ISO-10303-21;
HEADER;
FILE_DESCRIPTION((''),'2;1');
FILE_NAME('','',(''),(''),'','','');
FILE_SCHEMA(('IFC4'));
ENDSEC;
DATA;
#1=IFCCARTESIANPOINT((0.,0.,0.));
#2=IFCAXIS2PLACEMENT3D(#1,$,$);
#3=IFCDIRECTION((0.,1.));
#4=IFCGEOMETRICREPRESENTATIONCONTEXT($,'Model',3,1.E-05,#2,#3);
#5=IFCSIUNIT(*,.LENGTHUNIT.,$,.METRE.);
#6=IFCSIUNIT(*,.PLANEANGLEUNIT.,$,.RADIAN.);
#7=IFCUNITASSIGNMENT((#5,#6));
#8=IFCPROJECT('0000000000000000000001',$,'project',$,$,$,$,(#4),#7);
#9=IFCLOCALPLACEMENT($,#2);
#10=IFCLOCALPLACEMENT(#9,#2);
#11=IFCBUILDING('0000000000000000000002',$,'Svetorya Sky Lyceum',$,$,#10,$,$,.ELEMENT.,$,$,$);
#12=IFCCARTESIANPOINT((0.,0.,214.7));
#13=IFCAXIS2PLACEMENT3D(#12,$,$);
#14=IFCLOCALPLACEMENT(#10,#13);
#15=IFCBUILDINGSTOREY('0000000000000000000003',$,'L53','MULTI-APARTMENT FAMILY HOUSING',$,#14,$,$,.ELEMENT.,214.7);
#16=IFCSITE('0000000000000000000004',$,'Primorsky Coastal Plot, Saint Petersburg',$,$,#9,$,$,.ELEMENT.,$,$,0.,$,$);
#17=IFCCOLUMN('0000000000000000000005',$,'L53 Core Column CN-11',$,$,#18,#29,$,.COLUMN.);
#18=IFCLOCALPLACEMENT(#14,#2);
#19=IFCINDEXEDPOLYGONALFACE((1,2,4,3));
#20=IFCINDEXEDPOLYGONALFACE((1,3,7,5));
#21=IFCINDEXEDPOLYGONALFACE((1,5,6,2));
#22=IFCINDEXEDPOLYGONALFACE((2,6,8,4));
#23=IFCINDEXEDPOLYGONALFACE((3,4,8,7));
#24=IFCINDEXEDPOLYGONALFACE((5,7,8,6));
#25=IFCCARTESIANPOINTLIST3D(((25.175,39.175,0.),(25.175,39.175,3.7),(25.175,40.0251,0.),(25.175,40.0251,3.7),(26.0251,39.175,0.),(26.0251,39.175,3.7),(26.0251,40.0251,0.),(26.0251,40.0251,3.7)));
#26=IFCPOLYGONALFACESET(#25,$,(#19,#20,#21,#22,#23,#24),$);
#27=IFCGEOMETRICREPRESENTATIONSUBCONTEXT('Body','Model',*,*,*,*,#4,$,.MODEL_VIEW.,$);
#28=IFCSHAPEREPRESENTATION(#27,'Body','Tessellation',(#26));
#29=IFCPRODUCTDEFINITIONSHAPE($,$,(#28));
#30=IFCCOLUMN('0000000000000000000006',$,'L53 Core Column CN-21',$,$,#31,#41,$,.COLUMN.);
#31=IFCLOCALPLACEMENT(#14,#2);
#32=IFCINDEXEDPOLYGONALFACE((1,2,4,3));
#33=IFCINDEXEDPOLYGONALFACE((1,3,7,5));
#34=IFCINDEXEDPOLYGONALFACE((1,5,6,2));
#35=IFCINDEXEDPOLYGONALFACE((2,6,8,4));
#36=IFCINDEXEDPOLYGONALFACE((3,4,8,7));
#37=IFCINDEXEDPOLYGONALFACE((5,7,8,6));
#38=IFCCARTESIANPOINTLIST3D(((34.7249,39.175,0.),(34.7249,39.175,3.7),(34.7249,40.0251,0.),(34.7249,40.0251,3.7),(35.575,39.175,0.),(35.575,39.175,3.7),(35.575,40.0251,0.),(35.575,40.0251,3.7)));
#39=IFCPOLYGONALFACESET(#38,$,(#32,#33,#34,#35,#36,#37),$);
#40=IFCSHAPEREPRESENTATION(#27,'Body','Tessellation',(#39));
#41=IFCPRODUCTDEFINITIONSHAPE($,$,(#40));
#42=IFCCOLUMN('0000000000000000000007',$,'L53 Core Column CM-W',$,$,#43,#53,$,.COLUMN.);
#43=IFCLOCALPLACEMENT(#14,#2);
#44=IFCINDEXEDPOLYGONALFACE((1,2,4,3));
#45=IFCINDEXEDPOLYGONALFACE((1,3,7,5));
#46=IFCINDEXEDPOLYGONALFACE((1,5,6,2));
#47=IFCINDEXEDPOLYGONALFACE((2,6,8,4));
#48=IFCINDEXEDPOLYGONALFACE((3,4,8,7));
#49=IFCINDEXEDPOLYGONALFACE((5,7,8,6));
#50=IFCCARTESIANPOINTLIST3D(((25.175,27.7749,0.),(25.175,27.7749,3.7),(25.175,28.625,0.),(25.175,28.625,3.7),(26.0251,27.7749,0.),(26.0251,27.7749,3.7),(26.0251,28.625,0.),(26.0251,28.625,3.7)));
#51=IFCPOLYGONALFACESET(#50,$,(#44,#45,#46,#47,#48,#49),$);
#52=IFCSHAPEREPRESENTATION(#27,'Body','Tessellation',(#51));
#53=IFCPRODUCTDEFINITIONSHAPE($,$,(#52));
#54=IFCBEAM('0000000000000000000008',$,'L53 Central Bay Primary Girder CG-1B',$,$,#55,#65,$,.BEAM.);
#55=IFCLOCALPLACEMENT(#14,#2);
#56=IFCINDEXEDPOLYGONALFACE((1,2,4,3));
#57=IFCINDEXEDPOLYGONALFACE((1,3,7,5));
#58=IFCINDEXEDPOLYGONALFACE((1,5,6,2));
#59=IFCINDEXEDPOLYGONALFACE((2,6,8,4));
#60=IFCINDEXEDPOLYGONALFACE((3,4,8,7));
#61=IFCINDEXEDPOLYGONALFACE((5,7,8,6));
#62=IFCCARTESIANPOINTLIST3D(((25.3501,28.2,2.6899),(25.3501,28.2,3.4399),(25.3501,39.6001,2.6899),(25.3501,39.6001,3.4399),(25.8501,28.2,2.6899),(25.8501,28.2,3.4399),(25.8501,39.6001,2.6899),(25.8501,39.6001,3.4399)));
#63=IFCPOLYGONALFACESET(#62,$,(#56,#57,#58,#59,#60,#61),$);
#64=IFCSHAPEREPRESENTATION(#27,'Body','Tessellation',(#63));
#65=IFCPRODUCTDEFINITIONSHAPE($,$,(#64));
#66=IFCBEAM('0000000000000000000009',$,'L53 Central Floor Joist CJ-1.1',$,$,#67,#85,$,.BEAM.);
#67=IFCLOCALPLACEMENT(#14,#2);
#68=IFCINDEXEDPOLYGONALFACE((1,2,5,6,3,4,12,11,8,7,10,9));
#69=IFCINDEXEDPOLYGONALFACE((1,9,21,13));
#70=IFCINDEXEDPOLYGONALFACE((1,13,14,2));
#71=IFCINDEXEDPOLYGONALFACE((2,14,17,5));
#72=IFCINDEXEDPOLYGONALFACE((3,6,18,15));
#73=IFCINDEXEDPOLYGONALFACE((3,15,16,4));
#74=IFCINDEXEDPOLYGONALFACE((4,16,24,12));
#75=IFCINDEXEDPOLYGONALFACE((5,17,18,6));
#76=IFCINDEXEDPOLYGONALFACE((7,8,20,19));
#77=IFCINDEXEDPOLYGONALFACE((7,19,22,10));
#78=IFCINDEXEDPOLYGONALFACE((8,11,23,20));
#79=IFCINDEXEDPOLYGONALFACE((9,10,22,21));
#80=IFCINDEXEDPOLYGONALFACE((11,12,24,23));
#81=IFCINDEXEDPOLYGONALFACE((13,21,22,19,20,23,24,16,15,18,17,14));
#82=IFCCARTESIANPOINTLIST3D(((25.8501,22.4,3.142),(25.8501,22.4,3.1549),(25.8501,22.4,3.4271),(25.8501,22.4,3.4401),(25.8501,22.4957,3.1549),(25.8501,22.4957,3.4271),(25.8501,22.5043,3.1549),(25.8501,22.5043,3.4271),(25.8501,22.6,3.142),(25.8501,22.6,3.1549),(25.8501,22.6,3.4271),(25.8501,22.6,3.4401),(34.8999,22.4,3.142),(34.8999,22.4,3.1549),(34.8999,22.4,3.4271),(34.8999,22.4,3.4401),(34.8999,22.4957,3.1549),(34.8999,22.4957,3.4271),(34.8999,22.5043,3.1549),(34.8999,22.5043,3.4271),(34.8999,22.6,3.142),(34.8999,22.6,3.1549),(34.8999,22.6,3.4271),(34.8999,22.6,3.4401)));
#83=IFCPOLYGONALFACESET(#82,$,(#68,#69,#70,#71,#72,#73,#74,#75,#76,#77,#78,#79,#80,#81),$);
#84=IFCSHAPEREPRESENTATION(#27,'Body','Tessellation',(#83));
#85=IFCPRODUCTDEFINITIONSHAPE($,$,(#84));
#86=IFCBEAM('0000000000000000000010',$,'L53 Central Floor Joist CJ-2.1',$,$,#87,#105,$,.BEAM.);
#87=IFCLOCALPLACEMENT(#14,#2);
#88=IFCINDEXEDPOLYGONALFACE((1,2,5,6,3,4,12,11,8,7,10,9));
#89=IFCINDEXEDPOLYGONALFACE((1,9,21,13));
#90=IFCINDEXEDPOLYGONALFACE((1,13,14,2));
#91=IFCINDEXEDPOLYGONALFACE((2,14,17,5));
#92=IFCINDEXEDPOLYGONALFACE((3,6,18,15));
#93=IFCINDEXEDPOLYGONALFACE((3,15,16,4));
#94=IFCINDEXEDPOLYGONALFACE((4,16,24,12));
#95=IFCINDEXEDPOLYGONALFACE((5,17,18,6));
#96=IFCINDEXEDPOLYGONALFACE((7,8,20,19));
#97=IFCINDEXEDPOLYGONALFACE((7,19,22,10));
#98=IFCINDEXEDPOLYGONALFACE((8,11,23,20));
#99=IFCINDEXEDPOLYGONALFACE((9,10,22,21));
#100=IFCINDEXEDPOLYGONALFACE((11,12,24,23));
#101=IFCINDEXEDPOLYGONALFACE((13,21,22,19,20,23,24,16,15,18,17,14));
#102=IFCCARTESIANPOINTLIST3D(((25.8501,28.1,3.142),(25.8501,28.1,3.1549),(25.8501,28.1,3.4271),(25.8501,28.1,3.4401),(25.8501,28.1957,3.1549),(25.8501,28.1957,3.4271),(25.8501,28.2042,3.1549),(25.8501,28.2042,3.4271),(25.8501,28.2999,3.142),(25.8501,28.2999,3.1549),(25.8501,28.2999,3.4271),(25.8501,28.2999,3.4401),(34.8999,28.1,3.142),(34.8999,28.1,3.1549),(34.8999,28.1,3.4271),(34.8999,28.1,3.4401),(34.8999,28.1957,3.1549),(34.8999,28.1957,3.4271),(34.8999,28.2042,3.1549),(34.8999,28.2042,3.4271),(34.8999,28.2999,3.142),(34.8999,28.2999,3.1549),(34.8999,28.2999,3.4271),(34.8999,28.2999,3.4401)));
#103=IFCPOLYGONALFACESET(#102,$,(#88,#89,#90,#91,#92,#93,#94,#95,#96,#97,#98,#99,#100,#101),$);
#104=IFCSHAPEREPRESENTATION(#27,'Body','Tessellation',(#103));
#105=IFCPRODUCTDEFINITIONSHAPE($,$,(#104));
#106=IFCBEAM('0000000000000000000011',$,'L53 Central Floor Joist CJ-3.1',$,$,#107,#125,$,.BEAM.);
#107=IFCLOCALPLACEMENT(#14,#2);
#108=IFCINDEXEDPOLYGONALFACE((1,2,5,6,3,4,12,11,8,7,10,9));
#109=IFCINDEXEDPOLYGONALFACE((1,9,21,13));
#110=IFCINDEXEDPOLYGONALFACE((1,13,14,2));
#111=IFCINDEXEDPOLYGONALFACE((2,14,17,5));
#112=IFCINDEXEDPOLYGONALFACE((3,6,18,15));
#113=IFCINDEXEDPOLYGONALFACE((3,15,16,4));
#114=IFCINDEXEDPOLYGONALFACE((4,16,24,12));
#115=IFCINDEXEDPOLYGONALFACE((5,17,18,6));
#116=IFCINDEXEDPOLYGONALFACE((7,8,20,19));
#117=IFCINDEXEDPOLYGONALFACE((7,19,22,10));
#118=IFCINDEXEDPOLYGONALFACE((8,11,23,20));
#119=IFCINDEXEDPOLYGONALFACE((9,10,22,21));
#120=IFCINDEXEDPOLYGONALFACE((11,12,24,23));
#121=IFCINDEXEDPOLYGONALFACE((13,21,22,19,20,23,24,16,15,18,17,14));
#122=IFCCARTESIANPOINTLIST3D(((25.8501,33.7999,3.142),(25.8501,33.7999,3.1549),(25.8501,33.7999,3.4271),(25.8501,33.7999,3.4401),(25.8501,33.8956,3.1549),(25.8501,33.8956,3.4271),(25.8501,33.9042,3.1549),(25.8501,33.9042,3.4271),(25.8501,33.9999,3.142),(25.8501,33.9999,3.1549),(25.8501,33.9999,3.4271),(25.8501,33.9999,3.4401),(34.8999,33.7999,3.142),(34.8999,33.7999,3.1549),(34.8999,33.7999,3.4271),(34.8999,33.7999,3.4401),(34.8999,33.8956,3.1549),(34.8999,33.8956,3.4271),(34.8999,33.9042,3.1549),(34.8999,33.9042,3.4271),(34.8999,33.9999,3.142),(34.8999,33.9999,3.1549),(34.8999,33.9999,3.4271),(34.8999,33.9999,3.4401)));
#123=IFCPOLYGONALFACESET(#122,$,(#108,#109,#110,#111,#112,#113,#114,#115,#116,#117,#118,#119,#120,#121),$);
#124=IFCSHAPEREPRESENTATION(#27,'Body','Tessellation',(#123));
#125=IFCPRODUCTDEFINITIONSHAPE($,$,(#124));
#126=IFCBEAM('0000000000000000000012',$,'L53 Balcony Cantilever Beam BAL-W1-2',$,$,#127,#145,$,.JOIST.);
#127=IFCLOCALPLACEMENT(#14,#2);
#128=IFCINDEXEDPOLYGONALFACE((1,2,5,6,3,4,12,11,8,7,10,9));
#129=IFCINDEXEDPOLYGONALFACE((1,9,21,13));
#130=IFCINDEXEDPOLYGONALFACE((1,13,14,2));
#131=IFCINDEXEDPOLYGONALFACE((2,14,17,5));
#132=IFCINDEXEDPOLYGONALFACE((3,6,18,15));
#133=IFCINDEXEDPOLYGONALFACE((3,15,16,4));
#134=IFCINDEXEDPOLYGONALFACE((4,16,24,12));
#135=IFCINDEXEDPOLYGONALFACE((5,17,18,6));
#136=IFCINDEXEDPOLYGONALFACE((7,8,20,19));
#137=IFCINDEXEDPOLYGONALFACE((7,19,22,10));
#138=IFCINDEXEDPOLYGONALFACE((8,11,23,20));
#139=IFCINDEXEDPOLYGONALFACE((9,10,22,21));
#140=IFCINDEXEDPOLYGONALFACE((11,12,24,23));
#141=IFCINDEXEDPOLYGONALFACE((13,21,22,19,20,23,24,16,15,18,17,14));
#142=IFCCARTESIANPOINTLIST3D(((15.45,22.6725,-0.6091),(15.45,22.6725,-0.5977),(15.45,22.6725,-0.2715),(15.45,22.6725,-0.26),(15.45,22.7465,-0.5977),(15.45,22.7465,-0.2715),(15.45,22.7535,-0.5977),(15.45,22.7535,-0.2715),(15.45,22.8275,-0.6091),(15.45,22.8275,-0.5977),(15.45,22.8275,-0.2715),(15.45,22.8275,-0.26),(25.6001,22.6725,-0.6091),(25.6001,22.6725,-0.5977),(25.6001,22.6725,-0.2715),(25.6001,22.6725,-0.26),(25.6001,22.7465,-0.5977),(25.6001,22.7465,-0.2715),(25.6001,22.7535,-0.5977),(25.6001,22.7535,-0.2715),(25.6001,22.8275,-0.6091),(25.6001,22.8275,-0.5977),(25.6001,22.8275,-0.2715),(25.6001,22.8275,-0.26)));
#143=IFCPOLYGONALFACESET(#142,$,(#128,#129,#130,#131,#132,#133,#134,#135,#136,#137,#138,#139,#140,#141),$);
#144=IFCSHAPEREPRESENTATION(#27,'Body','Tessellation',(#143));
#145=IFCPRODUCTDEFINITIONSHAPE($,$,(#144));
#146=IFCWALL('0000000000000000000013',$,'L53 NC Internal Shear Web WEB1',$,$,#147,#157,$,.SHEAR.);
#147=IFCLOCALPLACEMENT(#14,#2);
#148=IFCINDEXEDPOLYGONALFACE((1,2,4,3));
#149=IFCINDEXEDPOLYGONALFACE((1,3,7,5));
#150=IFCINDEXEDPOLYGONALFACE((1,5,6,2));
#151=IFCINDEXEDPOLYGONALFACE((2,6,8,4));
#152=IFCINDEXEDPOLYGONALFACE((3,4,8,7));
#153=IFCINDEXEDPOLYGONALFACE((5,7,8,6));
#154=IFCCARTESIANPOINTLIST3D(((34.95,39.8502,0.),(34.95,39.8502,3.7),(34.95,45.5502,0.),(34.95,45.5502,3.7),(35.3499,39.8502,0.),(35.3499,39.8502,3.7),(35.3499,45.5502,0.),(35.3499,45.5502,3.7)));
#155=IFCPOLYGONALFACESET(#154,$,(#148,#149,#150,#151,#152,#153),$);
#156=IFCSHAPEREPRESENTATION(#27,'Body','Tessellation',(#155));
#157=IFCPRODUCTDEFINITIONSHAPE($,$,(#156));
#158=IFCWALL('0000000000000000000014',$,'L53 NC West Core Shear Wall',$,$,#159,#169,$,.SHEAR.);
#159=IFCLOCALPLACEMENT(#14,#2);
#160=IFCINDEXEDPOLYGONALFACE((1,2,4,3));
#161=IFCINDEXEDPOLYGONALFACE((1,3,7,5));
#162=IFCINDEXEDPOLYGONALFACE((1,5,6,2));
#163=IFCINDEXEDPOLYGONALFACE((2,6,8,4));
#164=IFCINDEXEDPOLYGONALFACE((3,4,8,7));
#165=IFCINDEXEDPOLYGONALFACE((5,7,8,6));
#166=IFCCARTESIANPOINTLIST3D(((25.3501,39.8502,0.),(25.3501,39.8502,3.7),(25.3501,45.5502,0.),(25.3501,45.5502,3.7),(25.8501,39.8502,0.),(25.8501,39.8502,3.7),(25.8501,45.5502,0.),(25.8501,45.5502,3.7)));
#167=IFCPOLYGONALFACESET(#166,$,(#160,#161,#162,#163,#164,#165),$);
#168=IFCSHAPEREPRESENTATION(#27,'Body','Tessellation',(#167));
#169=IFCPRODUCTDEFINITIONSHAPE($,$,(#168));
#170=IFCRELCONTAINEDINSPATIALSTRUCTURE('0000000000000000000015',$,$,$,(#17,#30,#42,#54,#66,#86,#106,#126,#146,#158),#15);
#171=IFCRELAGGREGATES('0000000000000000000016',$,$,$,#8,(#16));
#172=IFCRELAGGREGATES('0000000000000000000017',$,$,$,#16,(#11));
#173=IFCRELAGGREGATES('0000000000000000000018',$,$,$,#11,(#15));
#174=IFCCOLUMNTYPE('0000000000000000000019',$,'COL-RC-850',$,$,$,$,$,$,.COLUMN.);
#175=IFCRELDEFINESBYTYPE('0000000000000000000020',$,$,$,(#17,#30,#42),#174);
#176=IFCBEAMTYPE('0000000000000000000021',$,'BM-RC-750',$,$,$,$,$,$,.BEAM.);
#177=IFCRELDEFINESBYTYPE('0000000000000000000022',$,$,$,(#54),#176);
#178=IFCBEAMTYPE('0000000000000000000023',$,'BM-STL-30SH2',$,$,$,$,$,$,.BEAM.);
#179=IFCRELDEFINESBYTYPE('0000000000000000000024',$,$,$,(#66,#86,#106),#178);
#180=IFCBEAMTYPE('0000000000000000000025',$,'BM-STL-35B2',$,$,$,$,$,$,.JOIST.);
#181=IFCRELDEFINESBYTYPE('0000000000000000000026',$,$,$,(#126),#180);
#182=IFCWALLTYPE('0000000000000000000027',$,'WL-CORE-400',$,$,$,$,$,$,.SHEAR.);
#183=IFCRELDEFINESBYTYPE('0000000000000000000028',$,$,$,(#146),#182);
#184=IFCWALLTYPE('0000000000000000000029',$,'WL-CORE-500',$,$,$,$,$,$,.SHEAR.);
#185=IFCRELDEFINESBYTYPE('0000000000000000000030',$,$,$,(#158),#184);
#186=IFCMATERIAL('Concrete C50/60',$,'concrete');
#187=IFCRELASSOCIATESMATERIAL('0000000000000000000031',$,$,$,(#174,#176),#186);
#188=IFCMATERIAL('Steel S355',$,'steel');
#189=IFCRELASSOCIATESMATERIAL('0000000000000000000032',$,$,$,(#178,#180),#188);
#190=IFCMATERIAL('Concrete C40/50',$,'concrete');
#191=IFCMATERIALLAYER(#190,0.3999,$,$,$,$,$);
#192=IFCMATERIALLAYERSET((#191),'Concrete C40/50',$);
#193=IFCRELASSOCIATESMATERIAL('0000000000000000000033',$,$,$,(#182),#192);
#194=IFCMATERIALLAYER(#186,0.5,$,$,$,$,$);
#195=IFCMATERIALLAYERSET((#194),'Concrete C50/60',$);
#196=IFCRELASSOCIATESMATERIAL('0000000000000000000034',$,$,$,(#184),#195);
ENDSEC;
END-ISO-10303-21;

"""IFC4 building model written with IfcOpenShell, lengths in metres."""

from ifc_helpers import new_model, si_unit, direction, frame, frame_2d, origin, origin_2d, place, context, subcontext, project, spatial, rectangle, i_section, extrude, material, layer, layer_set, material_profile, profile_set, type_object, element, save


model = new_model("IFC4")

# Units and contexts
model_context = context("Model", 3, precision=1e-05, world=origin(), true_north=direction((0.0, 1.0)))
body_context = subcontext(model_context, "Body", "Model", "MODEL_VIEW")
ifc_project = project(units=[si_unit("LENGTHUNIT", "METRE"), si_unit("PLANEANGLEUNIT", "RADIAN")], contexts=[model_context])

# Site, building, storey
site_placement = place(None, origin())
site = spatial("IfcSite", under=ifc_project, at=site_placement, Name="Primorsky Coastal Plot, Saint Petersburg", CompositionType="ELEMENT", RefElevation=0.0)
building_placement = place(site_placement, origin())
building = spatial("IfcBuilding", under=site, at=building_placement, Name="Svetorya Sky Lyceum", CompositionType="ELEMENT")
storey_placement = place(building_placement, frame((0.0, 0.0, 214.7)))
storey = spatial("IfcBuildingStorey", under=building, at=storey_placement, Name="L53", Description="MULTI-APARTMENT FAMILY HOUSING", CompositionType="ELEMENT", Elevation=214.7)

# Columns
ifc_material_1 = material(Name="Concrete C50/60", Category="concrete")
ifc_material_profile_1 = material_profile(ifc_material_1, rectangle(XDim=0.8501, YDim=0.8501, at=origin_2d()), Name="RC COL 850x850")
ifc_profile_set_1 = profile_set([ifc_material_profile_1], Name="Concrete C50/60")
column_type = type_object("IfcColumnType", Name="COL-RC-850", PredefinedType="COLUMN", material=ifc_profile_set_1)
for number, where, z_axis, x_axis, name in (
    (1, (25.6001, 39.6001, 0.0), (0.0, 0.0, 1.0), (1.0, 0.0, 0.0), "L53 Core Column CN-11"),
    (2, (35.1499, 39.6001, 0.0), (0.0, 0.0, 1.0), (1.0, 0.0, 0.0), "L53 Core Column CN-21"),
    (3, (25.6001, 28.2, 0.0), (0.0, 0.0, 1.0), (1.0, 0.0, 0.0), "L53 Core Column CM-W"),
):
    element("IfcColumn", number, at=place(storey_placement, frame(where, z_axis=z_axis, x_axis=x_axis)), inside=storey, type_object=column_type, Name=name, PredefinedType="COLUMN", context=body_context, shape_type="SweptSolid", body=[
        extrude(rectangle(XDim=0.8501, YDim=0.8501, at=origin_2d()), origin(), (0.0, 0.0, 1.0), 3.7),
    ])

# Beams
ifc_material_profile_2 = material_profile(ifc_material_1, rectangle(XDim=0.5, YDim=0.75, at=origin_2d()), Name="RC BEAM 500x750")
ifc_profile_set_2 = profile_set([ifc_material_profile_2], Name="Concrete C50/60")
beam_type_1 = type_object("IfcBeamType", Name="BM-RC-750", PredefinedType="BEAM", material=ifc_profile_set_2)
beam_1_placement = place(storey_placement, frame((25.6001, 28.2, 3.0649), z_axis=(0.0, 1.0, 0.0), x_axis=(-1.0, 0.0, 0.0)))
element("IfcBeam", 4, at=beam_1_placement, inside=storey, type_object=beam_type_1, Name="L53 Central Bay Primary Girder CG-1B", PredefinedType="BEAM", context=body_context, shape_type="SweptSolid", body=[
    extrude(rectangle(XDim=0.5, YDim=0.75, at=origin_2d()), origin(), (0.0, 0.0, 1.0), 11.4001),
])
ifc_material_2 = material(Name="Steel S355", Category="steel")
ifc_material_profile_3 = material_profile(ifc_material_2, i_section(OverallWidth=0.2, OverallDepth=0.2981, WebThickness=0.0085, FlangeThickness=0.0129, at=origin_2d()), Name="GOST 30Sh2")
ifc_profile_set_3 = profile_set([ifc_material_profile_3], Name="Steel S355")
beam_type_2 = type_object("IfcBeamType", Name="BM-STL-30SH2", PredefinedType="BEAM", material=ifc_profile_set_3)
for number, where, z_axis, x_axis, name in (
    (5, (25.8501, 22.5, 3.291), (1.0, 0.0, 0.0), (0.0, 1.0, 0.0), "L53 Central Floor Joist CJ-1.1"),
    (6, (25.8501, 28.2, 3.291), (1.0, 0.0, 0.0), (0.0, 1.0, 0.0), "L53 Central Floor Joist CJ-2.1"),
    (7, (25.8501, 33.8999, 3.291), (1.0, 0.0, 0.0), (0.0, 1.0, 0.0), "L53 Central Floor Joist CJ-3.1"),
):
    element("IfcBeam", number, at=place(storey_placement, frame(where, z_axis=z_axis, x_axis=x_axis)), inside=storey, type_object=beam_type_2, Name=name, PredefinedType="BEAM", context=body_context, shape_type="SweptSolid", body=[
        extrude(i_section(OverallWidth=0.2, OverallDepth=0.2981, WebThickness=0.0085, FlangeThickness=0.0129, at=origin_2d()), origin(), (0.0, 0.0, 1.0), 9.0498),
    ])
ifc_material_profile_4 = material_profile(ifc_material_2, i_section(OverallWidth=0.155, OverallDepth=0.3491, WebThickness=0.0071, FlangeThickness=0.0115, at=origin_2d()), Name="GOST 35B2")
ifc_profile_set_4 = profile_set([ifc_material_profile_4], Name="Steel S355")
beam_type_3 = type_object("IfcBeamType", Name="BM-STL-35B2", PredefinedType="JOIST", material=ifc_profile_set_4)
beam_2_placement = place(storey_placement, frame((25.6001, 22.75, -0.4346), z_axis=(-1.0, 0.0, 0.0), x_axis=(0.0, -1.0, 0.0)))
element("IfcBeam", 8, at=beam_2_placement, inside=storey, type_object=beam_type_3, Name="L53 Balcony Cantilever Beam BAL-W1-2", PredefinedType="JOIST", context=body_context, shape_type="SweptSolid", body=[
    extrude(i_section(OverallWidth=0.155, OverallDepth=0.3491, WebThickness=0.0071, FlangeThickness=0.0115, at=origin_2d()), origin(), (0.0, 0.0, 1.0), 10.1501),
])

# Walls
ifc_material_3 = material(Name="Concrete C40/50", Category="concrete")
ifc_layer_1 = layer(ifc_material_3, 0.3999)
ifc_layer_set_1 = layer_set([ifc_layer_1], Name="Concrete C40/50")
wall_type_1 = type_object("IfcWallType", Name="WL-CORE-400", PredefinedType="SHEAR", material=ifc_layer_set_1)
wall_1_placement = place(storey_placement, frame((35.1499, 39.8501, 0.0), z_axis=(0.0, 0.0, 1.0), x_axis=(0.0, 1.0, 0.0)))
element("IfcWall", 9, at=wall_1_placement, inside=storey, type_object=wall_type_1, Name="L53 NC Internal Shear Web WEB1", PredefinedType="SHEAR", context=body_context, shape_type="SweptSolid", body=[
    extrude(rectangle(XDim=5.7, YDim=0.3999, at=frame_2d((2.8501, 0.0))), origin(), (0.0, 0.0, 1.0), 3.7),
])
ifc_layer_2 = layer(ifc_material_1, 0.5)
ifc_layer_set_2 = layer_set([ifc_layer_2], Name="Concrete C50/60")
wall_type_2 = type_object("IfcWallType", Name="WL-CORE-500", PredefinedType="SHEAR", material=ifc_layer_set_2)
wall_2_placement = place(storey_placement, frame((25.6001, 39.8501, 0.0), z_axis=(0.0, 0.0, 1.0), x_axis=(0.0, 1.0, 0.0)))
element("IfcWall", 10, at=wall_2_placement, inside=storey, type_object=wall_type_2, Name="L53 NC West Core Shear Wall", PredefinedType="SHEAR", context=body_context, shape_type="SweptSolid", body=[
    extrude(rectangle(XDim=5.7, YDim=0.5, at=frame_2d((2.8501, 0.0))), origin(), (0.0, 0.0, 1.0), 3.7),
])

save(model, "model.ifc")
